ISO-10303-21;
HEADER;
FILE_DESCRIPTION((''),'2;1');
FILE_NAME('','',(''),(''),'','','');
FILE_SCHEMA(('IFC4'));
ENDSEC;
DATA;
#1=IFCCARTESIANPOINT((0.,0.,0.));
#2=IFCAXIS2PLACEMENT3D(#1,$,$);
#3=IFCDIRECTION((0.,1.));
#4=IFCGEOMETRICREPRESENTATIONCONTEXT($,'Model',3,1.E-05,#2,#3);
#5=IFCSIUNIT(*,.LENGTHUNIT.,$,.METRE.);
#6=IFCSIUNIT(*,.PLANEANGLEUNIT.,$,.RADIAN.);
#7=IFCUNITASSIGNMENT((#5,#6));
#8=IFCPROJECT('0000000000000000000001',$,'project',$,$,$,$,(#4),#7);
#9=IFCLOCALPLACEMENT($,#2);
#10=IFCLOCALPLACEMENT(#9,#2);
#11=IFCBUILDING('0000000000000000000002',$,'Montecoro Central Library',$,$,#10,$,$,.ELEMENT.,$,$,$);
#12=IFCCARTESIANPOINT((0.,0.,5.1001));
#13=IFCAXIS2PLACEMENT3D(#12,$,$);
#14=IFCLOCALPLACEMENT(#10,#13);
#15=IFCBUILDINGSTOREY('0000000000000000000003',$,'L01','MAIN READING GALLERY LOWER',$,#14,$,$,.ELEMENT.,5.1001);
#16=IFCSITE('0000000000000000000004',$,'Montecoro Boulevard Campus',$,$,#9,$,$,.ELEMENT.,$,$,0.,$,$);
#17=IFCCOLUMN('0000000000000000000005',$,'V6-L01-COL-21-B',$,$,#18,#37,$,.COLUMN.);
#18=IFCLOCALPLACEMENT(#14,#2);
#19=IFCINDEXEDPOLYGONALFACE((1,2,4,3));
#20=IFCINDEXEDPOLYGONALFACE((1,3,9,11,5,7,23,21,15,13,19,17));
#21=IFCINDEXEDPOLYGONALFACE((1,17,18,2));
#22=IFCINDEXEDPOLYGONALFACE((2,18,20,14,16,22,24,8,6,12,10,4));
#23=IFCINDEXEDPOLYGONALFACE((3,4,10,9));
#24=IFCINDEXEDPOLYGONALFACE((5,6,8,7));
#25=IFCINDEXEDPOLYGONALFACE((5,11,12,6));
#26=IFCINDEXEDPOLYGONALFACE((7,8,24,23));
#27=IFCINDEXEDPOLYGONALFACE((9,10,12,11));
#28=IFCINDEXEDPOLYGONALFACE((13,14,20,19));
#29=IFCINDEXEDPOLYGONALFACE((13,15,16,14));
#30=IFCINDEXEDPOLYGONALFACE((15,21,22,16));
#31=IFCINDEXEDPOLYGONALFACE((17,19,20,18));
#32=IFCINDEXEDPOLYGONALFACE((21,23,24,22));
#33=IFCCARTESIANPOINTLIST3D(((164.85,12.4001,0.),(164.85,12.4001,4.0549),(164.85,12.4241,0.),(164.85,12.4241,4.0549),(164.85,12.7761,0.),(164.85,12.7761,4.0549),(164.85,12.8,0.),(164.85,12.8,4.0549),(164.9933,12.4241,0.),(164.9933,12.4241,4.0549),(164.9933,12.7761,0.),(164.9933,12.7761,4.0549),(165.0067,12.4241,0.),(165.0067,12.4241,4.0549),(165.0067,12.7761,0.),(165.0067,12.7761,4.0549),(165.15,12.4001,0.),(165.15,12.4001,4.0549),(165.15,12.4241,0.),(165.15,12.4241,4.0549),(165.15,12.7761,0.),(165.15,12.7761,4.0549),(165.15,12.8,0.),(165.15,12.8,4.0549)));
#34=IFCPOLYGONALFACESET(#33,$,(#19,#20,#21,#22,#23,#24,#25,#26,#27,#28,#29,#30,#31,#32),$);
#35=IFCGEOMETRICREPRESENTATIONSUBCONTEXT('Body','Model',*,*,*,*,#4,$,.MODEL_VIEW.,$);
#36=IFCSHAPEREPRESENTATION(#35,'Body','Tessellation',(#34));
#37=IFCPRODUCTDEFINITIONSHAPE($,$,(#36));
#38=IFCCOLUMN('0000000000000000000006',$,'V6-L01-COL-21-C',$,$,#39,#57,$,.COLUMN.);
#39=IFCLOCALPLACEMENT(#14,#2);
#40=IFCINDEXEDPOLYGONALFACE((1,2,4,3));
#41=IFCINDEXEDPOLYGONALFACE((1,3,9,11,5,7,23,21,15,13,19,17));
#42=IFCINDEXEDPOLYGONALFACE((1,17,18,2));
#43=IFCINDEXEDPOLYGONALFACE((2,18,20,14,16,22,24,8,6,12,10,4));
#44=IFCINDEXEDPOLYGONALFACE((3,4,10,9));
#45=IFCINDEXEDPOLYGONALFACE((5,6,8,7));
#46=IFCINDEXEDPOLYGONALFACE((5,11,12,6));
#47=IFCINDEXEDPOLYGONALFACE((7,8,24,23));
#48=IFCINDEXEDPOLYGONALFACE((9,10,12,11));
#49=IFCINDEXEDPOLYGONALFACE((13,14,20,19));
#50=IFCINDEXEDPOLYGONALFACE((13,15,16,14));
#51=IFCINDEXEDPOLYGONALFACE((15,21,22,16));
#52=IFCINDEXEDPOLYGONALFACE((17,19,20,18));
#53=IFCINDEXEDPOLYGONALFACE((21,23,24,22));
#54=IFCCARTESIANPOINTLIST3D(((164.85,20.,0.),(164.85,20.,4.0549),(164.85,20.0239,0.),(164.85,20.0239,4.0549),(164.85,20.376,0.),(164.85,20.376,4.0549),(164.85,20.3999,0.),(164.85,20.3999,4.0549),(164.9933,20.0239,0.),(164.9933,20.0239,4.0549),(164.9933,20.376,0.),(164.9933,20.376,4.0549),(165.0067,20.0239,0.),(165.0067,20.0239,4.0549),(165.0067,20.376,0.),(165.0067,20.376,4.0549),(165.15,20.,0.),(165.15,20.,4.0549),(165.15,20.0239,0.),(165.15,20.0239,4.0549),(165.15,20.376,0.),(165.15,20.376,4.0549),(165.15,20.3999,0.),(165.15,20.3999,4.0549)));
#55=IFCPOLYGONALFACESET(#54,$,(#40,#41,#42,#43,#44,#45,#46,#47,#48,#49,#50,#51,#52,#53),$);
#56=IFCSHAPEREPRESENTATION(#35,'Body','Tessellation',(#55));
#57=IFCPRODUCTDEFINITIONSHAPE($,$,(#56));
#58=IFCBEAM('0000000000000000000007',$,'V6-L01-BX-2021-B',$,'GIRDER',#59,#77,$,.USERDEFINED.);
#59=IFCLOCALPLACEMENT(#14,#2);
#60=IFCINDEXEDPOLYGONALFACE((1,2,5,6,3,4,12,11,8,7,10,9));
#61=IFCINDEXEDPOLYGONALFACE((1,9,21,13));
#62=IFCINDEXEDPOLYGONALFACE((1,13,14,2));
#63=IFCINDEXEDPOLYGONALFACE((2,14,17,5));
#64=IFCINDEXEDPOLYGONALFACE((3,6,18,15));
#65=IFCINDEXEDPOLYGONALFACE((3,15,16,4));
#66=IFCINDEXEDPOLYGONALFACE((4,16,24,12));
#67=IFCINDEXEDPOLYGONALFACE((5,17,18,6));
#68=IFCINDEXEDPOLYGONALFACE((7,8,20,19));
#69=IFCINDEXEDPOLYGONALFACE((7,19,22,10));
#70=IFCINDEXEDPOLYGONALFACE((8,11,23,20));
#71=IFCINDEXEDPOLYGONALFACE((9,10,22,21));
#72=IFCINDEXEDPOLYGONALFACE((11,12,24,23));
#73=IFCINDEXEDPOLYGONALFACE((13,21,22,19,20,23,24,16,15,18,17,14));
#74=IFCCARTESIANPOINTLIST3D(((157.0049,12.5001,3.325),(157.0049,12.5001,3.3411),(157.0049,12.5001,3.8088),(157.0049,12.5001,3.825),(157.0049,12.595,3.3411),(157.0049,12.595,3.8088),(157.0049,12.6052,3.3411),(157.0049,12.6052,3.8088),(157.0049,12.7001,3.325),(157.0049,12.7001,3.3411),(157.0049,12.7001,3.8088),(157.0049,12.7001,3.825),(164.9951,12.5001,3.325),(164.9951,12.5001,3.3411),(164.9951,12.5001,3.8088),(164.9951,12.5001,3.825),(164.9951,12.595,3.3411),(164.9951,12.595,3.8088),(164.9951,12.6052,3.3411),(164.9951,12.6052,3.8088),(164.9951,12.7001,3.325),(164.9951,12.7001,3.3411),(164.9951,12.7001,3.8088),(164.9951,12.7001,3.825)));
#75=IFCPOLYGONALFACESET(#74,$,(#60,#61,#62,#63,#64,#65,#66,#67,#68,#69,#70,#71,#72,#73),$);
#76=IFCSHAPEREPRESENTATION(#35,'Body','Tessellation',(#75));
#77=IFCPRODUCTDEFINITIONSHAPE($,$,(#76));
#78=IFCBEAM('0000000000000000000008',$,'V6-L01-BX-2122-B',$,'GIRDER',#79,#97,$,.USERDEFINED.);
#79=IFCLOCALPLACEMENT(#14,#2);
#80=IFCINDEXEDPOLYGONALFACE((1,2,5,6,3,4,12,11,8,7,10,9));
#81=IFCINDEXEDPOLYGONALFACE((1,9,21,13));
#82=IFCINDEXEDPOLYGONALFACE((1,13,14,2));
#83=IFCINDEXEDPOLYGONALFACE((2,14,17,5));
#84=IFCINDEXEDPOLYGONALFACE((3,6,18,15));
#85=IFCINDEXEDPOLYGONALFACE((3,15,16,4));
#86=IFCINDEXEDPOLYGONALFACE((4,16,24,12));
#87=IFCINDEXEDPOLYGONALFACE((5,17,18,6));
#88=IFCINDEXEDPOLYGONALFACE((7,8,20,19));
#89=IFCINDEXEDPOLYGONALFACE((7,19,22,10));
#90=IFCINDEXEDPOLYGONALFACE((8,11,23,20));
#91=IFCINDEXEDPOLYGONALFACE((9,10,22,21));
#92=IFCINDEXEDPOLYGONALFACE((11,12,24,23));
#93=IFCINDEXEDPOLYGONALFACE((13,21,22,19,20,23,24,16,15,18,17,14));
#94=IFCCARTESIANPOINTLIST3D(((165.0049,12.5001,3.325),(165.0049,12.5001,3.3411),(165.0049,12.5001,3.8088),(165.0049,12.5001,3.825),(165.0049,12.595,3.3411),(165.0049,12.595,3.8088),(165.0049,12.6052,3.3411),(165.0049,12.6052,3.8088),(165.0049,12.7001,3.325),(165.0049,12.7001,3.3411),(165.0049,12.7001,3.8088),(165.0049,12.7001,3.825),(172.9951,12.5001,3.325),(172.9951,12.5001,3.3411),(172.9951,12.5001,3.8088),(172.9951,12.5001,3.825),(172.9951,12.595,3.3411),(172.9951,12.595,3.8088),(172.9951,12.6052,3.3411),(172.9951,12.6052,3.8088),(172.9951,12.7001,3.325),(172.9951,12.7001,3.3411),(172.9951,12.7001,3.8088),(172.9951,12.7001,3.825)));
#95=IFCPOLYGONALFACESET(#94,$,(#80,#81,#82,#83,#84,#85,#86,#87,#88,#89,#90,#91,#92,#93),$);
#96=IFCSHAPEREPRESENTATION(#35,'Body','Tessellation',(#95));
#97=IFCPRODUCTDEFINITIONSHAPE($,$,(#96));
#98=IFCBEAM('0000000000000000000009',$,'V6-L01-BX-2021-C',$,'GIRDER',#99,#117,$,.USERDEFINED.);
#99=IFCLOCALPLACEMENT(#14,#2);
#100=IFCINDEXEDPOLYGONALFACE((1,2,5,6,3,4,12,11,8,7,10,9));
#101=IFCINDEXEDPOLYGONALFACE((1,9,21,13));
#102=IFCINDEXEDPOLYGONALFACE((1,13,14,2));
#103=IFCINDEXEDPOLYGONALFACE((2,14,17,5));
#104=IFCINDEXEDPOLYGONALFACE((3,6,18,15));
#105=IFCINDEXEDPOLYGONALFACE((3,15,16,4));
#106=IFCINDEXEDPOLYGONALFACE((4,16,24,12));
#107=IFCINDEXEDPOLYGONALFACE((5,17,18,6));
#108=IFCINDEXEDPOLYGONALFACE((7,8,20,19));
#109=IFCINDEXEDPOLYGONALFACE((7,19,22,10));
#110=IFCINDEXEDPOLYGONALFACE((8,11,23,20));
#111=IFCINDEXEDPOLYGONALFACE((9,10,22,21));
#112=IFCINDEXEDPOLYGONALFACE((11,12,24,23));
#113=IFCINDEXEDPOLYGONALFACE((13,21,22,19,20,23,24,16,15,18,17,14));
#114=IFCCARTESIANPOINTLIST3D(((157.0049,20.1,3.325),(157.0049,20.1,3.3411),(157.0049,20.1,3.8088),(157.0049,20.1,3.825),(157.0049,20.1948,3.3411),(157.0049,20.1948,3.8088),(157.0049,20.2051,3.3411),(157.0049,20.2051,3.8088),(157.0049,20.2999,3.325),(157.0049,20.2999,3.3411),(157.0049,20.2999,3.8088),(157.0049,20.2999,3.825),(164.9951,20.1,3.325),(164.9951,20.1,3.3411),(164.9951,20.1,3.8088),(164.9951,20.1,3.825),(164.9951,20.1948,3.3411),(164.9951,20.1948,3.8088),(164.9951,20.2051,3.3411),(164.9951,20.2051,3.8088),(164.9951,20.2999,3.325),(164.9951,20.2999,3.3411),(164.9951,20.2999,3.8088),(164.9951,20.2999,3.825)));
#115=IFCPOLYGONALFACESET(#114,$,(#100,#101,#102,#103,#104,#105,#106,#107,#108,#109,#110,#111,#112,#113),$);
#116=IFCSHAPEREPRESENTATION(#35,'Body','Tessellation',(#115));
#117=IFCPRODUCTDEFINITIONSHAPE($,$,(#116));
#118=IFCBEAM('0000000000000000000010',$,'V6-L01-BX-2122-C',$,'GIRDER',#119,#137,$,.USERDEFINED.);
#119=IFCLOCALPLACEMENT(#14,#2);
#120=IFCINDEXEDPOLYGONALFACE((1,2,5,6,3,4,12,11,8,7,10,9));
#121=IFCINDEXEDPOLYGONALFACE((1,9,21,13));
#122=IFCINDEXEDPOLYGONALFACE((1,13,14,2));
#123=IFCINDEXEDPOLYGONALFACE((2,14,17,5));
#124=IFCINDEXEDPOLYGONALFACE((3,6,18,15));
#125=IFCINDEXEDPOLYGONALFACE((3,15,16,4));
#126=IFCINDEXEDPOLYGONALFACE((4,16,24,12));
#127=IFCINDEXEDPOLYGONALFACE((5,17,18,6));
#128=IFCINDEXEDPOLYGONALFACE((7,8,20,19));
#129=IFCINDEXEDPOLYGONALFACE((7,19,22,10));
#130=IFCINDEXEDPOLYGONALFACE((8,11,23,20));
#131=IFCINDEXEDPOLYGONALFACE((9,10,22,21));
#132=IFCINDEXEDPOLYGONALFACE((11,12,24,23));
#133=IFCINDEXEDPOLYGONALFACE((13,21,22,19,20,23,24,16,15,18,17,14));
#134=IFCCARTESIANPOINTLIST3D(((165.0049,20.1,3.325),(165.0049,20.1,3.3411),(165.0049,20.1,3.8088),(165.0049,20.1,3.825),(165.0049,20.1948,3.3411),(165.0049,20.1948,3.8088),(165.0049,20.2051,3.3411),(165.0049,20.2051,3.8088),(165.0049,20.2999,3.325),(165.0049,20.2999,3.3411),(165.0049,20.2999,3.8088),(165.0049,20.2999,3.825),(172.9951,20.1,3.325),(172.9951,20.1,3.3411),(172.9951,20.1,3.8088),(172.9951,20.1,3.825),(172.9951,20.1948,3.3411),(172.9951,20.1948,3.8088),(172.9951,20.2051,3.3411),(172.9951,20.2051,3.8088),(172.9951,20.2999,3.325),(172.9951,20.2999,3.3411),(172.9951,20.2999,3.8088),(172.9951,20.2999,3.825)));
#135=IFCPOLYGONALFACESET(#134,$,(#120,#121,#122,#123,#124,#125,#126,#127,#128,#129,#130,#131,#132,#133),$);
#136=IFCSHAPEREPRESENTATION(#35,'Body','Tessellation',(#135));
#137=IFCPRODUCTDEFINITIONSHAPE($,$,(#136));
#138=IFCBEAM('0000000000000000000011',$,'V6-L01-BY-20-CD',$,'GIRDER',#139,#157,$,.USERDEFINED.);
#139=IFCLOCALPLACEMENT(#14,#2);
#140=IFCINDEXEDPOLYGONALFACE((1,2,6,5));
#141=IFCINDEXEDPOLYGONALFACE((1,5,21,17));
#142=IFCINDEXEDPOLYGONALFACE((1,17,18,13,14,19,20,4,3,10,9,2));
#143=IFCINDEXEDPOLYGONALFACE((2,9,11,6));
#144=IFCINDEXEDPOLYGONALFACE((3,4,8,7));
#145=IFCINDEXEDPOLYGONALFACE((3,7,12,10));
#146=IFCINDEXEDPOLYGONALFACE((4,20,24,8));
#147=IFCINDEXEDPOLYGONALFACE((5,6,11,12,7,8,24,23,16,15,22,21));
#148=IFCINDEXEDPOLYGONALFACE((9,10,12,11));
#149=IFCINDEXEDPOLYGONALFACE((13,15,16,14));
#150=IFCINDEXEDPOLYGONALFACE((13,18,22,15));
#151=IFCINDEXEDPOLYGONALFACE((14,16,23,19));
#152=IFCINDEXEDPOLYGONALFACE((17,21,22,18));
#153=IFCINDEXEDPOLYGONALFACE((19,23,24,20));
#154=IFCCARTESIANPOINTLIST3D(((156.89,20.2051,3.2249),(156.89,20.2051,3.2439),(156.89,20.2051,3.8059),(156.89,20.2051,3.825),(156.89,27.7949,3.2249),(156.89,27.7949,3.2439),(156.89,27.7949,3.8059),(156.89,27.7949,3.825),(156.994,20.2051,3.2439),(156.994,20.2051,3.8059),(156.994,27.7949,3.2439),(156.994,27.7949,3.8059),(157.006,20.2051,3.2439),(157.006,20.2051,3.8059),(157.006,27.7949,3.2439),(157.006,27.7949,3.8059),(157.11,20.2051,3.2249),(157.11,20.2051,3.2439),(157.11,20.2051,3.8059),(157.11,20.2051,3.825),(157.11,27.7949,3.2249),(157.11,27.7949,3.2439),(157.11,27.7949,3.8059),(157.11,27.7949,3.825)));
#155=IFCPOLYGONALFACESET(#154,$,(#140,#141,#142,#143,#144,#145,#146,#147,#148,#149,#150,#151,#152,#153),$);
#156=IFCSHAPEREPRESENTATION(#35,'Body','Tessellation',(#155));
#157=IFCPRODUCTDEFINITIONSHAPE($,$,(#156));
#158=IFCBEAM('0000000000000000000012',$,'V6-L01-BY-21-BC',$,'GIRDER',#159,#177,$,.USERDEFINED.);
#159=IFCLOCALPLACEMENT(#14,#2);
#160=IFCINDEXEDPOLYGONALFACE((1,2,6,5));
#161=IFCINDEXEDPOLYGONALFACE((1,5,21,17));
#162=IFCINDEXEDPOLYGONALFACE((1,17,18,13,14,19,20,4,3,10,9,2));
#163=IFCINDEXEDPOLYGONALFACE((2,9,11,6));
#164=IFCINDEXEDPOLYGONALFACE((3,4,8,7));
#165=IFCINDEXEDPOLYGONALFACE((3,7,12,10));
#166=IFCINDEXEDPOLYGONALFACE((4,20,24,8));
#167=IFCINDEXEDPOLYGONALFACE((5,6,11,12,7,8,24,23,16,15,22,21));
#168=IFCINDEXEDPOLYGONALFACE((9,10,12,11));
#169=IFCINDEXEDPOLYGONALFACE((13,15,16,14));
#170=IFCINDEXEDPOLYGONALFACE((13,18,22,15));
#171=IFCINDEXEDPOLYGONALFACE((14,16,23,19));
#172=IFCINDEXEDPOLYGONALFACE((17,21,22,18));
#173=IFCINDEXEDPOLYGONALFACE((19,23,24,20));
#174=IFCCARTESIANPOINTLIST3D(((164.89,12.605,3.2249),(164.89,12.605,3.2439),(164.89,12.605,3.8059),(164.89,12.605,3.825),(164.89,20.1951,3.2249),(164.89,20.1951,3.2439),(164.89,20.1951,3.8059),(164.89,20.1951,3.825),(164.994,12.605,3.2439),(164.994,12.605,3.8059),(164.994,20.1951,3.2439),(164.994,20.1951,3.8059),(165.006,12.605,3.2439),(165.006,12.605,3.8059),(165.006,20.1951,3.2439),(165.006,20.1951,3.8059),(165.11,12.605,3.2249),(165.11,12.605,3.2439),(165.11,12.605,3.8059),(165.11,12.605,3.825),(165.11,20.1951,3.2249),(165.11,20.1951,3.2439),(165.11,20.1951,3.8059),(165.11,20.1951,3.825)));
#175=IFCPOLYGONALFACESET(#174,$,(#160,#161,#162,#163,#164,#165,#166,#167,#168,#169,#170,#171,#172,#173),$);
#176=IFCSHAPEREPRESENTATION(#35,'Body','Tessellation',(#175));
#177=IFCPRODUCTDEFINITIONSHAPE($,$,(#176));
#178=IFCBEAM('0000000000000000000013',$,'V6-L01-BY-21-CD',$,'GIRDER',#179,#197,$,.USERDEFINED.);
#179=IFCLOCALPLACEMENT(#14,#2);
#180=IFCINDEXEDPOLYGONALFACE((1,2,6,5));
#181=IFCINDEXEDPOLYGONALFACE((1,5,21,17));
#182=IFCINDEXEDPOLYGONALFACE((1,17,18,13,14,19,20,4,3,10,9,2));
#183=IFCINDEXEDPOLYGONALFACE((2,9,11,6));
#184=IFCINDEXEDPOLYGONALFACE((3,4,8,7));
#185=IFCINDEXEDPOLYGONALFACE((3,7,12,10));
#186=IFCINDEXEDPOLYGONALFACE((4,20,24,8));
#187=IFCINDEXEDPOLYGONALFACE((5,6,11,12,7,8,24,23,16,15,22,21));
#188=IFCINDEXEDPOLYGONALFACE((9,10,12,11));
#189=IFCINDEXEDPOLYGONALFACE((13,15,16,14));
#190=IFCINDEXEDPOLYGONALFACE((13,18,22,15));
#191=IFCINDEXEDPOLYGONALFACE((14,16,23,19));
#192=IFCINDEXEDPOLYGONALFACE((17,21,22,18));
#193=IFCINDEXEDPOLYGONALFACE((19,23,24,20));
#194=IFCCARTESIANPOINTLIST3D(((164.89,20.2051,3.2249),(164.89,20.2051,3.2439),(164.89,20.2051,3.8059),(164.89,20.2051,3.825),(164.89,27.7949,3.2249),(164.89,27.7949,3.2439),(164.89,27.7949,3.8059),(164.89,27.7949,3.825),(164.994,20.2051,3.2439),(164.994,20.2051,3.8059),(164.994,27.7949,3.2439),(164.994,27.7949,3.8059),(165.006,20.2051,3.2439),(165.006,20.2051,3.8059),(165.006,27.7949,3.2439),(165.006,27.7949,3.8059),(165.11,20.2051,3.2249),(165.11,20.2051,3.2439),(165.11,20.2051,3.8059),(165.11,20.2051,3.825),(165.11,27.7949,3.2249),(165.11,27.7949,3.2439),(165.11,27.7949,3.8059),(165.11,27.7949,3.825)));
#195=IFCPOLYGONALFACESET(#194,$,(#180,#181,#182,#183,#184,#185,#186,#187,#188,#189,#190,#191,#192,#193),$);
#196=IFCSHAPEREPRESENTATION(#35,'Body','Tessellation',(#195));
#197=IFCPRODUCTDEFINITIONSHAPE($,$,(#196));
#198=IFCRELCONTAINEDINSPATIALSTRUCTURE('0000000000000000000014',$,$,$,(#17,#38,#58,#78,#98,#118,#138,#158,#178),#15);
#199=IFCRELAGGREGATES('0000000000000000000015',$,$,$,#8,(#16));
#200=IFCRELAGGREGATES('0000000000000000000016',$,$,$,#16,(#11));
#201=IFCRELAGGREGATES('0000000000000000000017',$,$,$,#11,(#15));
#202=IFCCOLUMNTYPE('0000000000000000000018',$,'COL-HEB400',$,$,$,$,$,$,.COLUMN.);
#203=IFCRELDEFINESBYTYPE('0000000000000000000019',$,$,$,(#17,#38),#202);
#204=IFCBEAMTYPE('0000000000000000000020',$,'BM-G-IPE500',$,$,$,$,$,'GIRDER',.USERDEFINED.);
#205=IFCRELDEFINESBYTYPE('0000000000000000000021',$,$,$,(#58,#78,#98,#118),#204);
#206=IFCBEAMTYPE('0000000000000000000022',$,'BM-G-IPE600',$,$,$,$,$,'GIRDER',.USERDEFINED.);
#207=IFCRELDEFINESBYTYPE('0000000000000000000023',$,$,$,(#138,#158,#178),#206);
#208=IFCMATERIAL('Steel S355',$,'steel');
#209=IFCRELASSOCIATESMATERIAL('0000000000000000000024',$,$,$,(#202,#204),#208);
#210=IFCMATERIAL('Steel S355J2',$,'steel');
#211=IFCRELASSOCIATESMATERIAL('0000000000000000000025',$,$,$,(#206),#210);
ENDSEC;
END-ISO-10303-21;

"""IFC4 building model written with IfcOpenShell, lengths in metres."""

from ifc_helpers import new_model, si_unit, direction, frame, origin, origin_2d, place, context, subcontext, project, spatial, i_section, extrude, material, material_profile, profile_set, type_object, element, save


model = new_model("IFC4")

# Units and contexts
model_context = context("Model", 3, precision=1e-05, world=origin(), true_north=direction((0.0, 1.0)))
body_context = subcontext(model_context, "Body", "Model", "MODEL_VIEW")
ifc_project = project(units=[si_unit("LENGTHUNIT", "METRE"), si_unit("PLANEANGLEUNIT", "RADIAN")], contexts=[model_context])

# Site, building, storey
site_placement = place(None, origin())
site = spatial("IfcSite", under=ifc_project, at=site_placement, Name="Montecoro Boulevard Campus", CompositionType="ELEMENT", RefElevation=0.0)
building_placement = place(site_placement, origin())
building = spatial("IfcBuilding", under=site, at=building_placement, Name="Montecoro Central Library", CompositionType="ELEMENT")
storey_placement = place(building_placement, frame((0.0, 0.0, 5.1001)))
storey = spatial("IfcBuildingStorey", under=building, at=storey_placement, Name="L01", Description="MAIN READING GALLERY LOWER", CompositionType="ELEMENT", Elevation=5.1001)

# Columns
ifc_material_1 = material(Name="Steel S355", Category="steel")
ifc_material_profile_1 = material_profile(ifc_material_1, i_section(OverallWidth=0.3, OverallDepth=0.3999, WebThickness=0.0134, FlangeThickness=0.0239, at=origin_2d()), Name="HEB 400")
ifc_profile_set_1 = profile_set([ifc_material_profile_1], Name="Steel S355")
column_type = type_object("IfcColumnType", Name="COL-HEB400", PredefinedType="COLUMN", material=ifc_profile_set_1)
for number, where, z_axis, x_axis, name in (
    (1, (165.0, 12.6001, 0.0), (0.0, 0.0, 1.0), (1.0, 0.0, 0.0), "V6-L01-COL-21-B"),
    (2, (165.0, 20.2, 0.0), (0.0, 0.0, 1.0), (1.0, 0.0, 0.0), "V6-L01-COL-21-C"),
):
    element("IfcColumn", number, at=place(storey_placement, frame(where, z_axis=z_axis, x_axis=x_axis)), inside=storey, type_object=column_type, Name=name, PredefinedType="COLUMN", context=body_context, shape_type="SweptSolid", body=[
        extrude(i_section(OverallWidth=0.3, OverallDepth=0.3999, WebThickness=0.0134, FlangeThickness=0.0239, at=origin_2d()), origin(), (0.0, 0.0, 1.0), 4.0549),
    ])

# Beams
ifc_material_profile_2 = material_profile(ifc_material_1, i_section(OverallWidth=0.2, OverallDepth=0.5, WebThickness=0.0103, FlangeThickness=0.0161, at=origin_2d()), Name="IPE 500")
ifc_profile_set_2 = profile_set([ifc_material_profile_2], Name="Steel S355")
beam_type_1 = type_object("IfcBeamType", Name="BM-G-IPE500", ElementType="GIRDER", PredefinedType="USERDEFINED", material=ifc_profile_set_2)
for number, where, z_axis, x_axis, name in (
    (3, (157.0049, 12.6001, 3.575), (1.0, 0.0, 0.0), (0.0, 1.0, 0.0), "V6-L01-BX-2021-B"),
    (4, (165.0049, 12.6001, 3.575), (1.0, 0.0, 0.0), (0.0, 1.0, 0.0), "V6-L01-BX-2122-B"),
    (5, (157.0049, 20.2, 3.575), (1.0, 0.0, 0.0), (0.0, 1.0, 0.0), "V6-L01-BX-2021-C"),
    (6, (165.0049, 20.2, 3.575), (1.0, 0.0, 0.0), (0.0, 1.0, 0.0), "V6-L01-BX-2122-C"),
):
    element("IfcBeam", number, at=place(storey_placement, frame(where, z_axis=z_axis, x_axis=x_axis)), inside=storey, type_object=beam_type_1, Name=name, ObjectType="GIRDER", PredefinedType="USERDEFINED", context=body_context, shape_type="SweptSolid", body=[
        extrude(i_section(OverallWidth=0.2, OverallDepth=0.5, WebThickness=0.0103, FlangeThickness=0.0161, at=origin_2d()), origin(), (0.0, 0.0, 1.0), 7.9902),
    ])
ifc_material_2 = material(Name="Steel S355J2", Category="steel")
ifc_material_profile_3 = material_profile(ifc_material_2, i_section(OverallWidth=0.22, OverallDepth=0.6001, WebThickness=0.012, FlangeThickness=0.019, at=origin_2d()), Name="IPE 600")
ifc_profile_set_3 = profile_set([ifc_material_profile_3], Name="Steel S355J2")
beam_type_2 = type_object("IfcBeamType", Name="BM-G-IPE600", ElementType="GIRDER", PredefinedType="USERDEFINED", material=ifc_profile_set_3)
beam_1_placement = place(storey_placement, frame((157.0, 20.2051, 3.5249), z_axis=(0.0, 1.0, 0.0), x_axis=(-1.0, 0.0, 0.0)))
element("IfcBeam", 7, at=beam_1_placement, inside=storey, type_object=beam_type_2, Name="V6-L01-BY-20-CD", ObjectType="GIRDER", PredefinedType="USERDEFINED", context=body_context, shape_type="SweptSolid", body=[
    extrude(i_section(OverallWidth=0.22, OverallDepth=0.6001, WebThickness=0.012, FlangeThickness=0.019, at=origin_2d()), origin(), (0.0, 0.0, 1.0), 7.5898),
])
beam_2_placement = place(storey_placement, frame((165.0, 12.605, 3.5249), z_axis=(0.0, 1.0, 0.0), x_axis=(-1.0, 0.0, 0.0)))
element("IfcBeam", 8, at=beam_2_placement, inside=storey, type_object=beam_type_2, Name="V6-L01-BY-21-BC", ObjectType="GIRDER", PredefinedType="USERDEFINED", context=body_context, shape_type="SweptSolid", body=[
    extrude(i_section(OverallWidth=0.22, OverallDepth=0.6001, WebThickness=0.012, FlangeThickness=0.019, at=origin_2d()), origin(), (0.0, 0.0, 1.0), 7.5901),
])
beam_3_placement = place(storey_placement, frame((165.0, 20.2051, 3.5249), z_axis=(0.0, 1.0, 0.0), x_axis=(-1.0, 0.0, 0.0)))
element("IfcBeam", 9, at=beam_3_placement, inside=storey, type_object=beam_type_2, Name="V6-L01-BY-21-CD", ObjectType="GIRDER", PredefinedType="USERDEFINED", context=body_context, shape_type="SweptSolid", body=[
    extrude(i_section(OverallWidth=0.22, OverallDepth=0.6001, WebThickness=0.012, FlangeThickness=0.019, at=origin_2d()), origin(), (0.0, 0.0, 1.0), 7.5898),
])

save(model, "model.ifc")
